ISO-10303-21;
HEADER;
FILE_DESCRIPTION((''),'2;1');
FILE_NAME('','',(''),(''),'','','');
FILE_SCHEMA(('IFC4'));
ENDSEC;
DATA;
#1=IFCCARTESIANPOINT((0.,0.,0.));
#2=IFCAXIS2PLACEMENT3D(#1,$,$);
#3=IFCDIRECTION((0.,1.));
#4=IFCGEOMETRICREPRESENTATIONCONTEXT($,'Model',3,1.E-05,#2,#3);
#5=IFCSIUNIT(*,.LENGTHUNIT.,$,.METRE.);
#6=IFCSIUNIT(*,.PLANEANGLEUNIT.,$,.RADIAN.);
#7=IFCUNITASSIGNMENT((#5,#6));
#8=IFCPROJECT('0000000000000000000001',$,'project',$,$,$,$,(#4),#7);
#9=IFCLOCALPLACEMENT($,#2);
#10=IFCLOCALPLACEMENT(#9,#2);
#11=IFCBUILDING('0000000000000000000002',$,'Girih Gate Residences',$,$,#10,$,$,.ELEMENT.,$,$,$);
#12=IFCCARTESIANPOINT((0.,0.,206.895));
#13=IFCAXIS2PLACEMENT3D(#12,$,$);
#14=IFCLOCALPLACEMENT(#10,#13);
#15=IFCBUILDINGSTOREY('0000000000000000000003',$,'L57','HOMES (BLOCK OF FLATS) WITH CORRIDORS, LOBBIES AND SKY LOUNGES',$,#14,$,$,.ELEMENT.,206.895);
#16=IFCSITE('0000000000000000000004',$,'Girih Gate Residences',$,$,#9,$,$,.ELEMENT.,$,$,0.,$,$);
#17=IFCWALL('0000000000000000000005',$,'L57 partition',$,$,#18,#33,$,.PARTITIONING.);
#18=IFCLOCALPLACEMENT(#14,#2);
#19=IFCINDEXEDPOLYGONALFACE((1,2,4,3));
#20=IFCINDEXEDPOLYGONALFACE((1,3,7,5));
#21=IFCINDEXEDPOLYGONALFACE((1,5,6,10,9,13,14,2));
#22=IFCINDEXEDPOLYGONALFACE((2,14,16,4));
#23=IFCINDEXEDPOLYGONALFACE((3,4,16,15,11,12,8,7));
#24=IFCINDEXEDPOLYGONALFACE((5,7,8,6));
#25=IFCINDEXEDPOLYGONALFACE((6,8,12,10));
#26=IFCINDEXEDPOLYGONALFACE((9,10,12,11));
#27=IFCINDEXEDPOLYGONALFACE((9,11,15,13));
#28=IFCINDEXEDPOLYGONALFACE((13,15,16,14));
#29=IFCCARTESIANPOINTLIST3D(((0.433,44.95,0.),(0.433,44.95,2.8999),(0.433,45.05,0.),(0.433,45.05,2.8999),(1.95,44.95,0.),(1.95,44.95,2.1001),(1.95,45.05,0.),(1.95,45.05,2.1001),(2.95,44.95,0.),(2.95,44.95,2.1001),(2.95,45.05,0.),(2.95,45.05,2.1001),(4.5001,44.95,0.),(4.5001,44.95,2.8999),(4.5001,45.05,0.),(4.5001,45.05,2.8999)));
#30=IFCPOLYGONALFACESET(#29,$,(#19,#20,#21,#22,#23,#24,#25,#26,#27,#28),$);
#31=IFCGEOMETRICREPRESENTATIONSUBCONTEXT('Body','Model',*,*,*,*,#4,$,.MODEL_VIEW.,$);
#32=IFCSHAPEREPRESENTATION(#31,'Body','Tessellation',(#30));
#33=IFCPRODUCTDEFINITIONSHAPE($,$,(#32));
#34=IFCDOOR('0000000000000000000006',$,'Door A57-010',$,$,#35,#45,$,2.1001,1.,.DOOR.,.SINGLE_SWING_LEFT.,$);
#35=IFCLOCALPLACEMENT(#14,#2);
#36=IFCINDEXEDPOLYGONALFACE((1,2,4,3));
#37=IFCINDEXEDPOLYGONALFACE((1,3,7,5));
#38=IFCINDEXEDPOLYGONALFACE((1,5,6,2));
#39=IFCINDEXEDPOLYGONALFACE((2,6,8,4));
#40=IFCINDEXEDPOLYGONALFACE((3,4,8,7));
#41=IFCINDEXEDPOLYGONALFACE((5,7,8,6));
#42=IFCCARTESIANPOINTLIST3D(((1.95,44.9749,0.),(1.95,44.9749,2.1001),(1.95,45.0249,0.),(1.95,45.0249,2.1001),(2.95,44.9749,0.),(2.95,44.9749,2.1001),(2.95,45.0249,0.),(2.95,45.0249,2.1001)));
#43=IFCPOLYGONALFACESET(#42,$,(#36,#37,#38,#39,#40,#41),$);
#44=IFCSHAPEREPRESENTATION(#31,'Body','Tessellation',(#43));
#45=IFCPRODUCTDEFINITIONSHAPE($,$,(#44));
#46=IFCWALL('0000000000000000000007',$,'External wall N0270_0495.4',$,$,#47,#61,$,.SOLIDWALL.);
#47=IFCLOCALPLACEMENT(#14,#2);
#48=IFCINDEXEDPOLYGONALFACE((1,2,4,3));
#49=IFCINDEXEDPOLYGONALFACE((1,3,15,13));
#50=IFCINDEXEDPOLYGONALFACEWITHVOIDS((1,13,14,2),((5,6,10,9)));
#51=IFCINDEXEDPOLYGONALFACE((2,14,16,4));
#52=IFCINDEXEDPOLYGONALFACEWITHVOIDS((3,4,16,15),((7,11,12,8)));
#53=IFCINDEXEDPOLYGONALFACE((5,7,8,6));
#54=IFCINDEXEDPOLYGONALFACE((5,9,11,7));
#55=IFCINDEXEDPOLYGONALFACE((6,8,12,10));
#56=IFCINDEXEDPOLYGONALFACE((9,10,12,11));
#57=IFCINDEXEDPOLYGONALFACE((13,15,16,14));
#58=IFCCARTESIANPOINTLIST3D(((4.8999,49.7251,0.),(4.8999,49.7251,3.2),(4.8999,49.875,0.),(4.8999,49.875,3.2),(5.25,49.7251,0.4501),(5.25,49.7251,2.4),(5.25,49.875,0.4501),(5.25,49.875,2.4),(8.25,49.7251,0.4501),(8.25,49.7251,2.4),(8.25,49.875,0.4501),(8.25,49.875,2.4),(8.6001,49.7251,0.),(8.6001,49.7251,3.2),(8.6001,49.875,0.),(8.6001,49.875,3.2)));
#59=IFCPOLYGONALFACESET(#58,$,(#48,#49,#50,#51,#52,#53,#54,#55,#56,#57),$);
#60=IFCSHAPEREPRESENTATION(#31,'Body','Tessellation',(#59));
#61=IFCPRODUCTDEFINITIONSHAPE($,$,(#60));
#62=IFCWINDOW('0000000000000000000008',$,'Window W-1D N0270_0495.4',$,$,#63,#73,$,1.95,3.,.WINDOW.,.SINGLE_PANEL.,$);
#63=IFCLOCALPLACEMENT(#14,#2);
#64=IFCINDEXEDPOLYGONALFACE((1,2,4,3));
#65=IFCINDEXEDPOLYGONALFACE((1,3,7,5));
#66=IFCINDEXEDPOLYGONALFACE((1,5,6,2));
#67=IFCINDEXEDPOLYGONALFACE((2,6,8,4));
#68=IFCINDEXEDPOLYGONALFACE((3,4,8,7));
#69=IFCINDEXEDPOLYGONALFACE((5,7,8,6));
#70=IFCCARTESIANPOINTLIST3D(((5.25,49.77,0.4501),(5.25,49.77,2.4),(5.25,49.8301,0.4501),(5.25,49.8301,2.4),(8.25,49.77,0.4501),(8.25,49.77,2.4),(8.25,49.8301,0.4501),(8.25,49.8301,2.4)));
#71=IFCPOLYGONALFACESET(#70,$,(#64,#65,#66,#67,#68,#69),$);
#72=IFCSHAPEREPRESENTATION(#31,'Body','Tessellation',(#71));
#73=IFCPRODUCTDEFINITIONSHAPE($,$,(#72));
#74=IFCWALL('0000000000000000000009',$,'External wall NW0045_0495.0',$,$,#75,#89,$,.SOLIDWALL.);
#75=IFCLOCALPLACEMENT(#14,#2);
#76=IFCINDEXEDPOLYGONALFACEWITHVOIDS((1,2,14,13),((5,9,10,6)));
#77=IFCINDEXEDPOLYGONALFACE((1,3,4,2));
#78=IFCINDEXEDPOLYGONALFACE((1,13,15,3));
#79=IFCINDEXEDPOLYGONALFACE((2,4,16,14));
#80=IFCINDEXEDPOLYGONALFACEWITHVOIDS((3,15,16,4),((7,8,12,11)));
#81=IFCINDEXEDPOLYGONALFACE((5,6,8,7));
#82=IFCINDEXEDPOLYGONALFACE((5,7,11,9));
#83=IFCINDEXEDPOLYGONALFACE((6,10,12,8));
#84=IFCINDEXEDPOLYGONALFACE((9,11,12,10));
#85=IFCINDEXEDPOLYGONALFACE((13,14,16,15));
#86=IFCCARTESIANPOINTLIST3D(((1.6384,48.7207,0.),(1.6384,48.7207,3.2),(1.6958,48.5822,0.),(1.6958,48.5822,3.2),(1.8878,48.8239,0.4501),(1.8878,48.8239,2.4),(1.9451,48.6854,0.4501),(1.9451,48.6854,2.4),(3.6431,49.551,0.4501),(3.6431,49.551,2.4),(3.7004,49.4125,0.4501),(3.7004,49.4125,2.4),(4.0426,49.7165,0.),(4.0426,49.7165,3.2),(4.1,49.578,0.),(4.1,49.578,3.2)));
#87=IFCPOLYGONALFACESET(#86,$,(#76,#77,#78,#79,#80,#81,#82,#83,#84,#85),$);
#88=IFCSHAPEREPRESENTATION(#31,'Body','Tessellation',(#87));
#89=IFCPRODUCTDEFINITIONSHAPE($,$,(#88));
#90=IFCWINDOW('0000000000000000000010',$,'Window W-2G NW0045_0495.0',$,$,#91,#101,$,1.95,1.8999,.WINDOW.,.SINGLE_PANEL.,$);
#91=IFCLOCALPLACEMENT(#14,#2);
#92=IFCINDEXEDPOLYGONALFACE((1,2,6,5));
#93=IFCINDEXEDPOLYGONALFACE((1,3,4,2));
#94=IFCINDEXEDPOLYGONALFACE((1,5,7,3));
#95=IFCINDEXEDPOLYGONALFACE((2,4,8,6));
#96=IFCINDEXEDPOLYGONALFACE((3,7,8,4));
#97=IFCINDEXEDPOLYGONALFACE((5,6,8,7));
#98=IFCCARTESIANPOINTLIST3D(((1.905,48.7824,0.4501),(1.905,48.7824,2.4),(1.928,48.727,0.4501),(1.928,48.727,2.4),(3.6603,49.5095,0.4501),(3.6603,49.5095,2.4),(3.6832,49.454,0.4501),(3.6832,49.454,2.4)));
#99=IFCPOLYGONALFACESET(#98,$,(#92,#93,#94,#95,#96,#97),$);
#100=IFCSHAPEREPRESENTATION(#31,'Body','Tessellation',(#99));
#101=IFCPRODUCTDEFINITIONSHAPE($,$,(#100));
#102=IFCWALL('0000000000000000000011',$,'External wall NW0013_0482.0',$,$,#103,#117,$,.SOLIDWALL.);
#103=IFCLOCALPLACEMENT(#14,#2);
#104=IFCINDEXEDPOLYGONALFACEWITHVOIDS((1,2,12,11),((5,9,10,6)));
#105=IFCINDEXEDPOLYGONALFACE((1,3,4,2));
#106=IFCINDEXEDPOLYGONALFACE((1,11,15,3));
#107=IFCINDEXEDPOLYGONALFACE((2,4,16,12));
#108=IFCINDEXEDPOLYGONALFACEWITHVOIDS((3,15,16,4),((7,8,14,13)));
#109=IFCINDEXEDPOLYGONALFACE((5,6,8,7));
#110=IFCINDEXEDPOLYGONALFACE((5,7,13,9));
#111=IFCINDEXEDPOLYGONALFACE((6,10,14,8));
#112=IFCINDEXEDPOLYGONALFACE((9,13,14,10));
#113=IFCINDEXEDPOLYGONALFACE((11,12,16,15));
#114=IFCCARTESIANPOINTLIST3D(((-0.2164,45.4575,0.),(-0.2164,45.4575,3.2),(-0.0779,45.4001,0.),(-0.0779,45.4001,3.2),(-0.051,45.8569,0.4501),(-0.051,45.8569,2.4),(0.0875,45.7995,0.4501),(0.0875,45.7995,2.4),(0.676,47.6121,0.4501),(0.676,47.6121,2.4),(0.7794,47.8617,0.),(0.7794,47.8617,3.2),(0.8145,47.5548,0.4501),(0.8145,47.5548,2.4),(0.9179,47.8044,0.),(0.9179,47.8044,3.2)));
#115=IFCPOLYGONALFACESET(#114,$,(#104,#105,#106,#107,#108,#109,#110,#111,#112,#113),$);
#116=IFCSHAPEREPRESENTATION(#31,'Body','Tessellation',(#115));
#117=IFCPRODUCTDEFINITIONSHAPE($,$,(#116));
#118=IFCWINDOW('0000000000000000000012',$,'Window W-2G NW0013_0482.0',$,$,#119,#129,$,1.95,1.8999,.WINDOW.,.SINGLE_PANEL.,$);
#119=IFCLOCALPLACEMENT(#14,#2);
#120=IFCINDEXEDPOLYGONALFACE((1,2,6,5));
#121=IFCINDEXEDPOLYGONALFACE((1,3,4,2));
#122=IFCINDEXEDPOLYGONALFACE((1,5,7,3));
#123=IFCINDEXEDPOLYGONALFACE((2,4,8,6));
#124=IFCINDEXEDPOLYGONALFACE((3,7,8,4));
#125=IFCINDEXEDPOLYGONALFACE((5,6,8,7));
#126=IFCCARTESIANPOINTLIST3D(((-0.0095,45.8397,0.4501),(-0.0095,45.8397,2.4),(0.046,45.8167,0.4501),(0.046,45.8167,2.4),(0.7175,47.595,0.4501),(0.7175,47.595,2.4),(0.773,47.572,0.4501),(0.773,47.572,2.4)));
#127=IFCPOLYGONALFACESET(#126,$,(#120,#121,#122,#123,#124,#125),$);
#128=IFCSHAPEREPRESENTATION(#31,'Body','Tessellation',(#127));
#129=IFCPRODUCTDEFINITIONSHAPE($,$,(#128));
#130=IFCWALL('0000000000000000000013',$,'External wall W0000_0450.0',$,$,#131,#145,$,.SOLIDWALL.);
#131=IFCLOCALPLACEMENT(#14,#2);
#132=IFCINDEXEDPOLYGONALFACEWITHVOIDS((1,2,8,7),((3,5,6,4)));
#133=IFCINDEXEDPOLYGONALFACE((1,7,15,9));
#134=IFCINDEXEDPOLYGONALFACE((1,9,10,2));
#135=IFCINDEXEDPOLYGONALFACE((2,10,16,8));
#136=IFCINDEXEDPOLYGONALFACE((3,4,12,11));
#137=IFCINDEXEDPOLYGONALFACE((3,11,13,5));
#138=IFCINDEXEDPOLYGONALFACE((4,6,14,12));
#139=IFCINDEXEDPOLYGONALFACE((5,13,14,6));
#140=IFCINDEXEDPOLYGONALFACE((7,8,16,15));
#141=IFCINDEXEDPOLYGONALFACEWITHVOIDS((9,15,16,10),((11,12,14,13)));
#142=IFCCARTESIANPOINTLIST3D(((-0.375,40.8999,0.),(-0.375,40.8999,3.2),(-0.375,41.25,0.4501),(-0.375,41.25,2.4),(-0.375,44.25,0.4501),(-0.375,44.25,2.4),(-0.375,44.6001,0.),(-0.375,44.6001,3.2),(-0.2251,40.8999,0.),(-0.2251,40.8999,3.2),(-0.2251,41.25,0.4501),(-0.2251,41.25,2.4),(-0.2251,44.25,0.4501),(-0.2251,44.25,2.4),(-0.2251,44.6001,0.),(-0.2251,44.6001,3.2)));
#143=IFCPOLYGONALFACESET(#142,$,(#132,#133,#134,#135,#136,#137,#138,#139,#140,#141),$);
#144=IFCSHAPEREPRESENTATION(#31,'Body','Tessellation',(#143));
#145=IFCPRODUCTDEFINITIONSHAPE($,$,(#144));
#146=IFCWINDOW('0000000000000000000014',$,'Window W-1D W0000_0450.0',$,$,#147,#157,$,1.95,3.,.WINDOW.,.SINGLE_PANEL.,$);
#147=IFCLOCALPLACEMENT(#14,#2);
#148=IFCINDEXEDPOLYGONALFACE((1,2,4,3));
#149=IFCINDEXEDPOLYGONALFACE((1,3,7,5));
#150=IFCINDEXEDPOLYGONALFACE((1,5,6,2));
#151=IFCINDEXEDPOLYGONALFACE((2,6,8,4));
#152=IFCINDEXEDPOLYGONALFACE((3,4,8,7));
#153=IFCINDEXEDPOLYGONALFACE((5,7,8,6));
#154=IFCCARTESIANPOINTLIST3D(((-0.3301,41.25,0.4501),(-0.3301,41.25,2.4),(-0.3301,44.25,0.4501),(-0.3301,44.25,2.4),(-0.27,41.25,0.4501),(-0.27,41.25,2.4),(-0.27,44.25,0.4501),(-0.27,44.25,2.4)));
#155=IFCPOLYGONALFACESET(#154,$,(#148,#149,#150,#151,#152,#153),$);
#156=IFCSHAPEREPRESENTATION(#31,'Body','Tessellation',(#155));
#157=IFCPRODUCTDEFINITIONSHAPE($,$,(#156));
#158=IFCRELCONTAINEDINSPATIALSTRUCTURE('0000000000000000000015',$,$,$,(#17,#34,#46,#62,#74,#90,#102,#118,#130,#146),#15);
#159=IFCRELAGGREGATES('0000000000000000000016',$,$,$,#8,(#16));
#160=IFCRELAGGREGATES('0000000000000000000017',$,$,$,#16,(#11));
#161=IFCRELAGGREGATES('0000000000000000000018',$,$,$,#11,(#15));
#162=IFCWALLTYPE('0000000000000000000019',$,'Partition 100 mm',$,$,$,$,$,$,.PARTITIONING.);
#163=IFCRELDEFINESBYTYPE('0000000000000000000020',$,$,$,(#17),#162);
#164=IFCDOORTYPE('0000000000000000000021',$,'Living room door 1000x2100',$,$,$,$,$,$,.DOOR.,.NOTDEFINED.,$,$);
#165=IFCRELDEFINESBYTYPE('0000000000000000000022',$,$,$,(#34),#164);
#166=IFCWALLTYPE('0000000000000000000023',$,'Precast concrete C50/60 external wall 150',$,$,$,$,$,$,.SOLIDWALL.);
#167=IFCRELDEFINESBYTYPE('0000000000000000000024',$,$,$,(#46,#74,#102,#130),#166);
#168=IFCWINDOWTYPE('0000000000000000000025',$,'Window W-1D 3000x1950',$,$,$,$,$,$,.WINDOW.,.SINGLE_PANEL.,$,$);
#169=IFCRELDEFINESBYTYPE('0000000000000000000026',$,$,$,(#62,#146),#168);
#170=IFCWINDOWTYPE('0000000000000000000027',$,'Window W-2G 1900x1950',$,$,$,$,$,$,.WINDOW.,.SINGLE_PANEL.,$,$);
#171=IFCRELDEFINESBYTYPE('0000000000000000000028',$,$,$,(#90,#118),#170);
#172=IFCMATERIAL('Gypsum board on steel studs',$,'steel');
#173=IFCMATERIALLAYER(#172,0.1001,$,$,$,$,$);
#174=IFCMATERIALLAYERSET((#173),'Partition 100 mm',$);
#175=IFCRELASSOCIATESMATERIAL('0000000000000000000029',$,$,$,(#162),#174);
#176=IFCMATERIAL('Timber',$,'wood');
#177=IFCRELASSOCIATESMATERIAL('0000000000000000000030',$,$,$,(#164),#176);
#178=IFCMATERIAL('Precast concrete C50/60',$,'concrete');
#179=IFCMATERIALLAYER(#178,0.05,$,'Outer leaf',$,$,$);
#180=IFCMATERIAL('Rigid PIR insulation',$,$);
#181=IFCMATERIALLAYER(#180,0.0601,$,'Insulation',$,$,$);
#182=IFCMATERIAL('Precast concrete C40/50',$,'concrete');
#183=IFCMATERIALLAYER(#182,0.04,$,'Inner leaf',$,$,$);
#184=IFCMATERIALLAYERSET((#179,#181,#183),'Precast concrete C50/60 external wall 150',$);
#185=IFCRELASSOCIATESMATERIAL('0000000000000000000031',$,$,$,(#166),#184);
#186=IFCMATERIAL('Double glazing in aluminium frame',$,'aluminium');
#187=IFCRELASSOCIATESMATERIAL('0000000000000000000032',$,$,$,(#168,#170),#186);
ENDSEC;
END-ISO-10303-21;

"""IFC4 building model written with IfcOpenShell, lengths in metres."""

from ifc_helpers import new_model, si_unit, direction, frame, frame_2d, origin, place, context, subcontext, project, spatial, rectangle, extrude, material, layer, layer_set, type_object, element, fill, save


model = new_model("IFC4")

# Units and contexts
model_context = context("Model", 3, precision=1e-05, world=origin(), true_north=direction((0.0, 1.0)))
body_context = subcontext(model_context, "Body", "Model", "MODEL_VIEW")
ifc_project = project(units=[si_unit("LENGTHUNIT", "METRE"), si_unit("PLANEANGLEUNIT", "RADIAN")], contexts=[model_context])

# Site, building, storey
site_placement = place(None, origin())
site = spatial("IfcSite", under=ifc_project, at=site_placement, Name="Girih Gate Residences", CompositionType="ELEMENT", RefElevation=0.0)
building_placement = place(site_placement, origin())
building = spatial("IfcBuilding", under=site, at=building_placement, Name="Girih Gate Residences", CompositionType="ELEMENT")
storey_placement = place(building_placement, frame((0.0, 0.0, 206.895)))
storey = spatial("IfcBuildingStorey", under=building, at=storey_placement, Name="L57", Description="HOMES (BLOCK OF FLATS) WITH CORRIDORS, LOBBIES AND SKY LOUNGES", CompositionType="ELEMENT", Elevation=206.895)

# Shared definitions
ifc_material_1 = material(Name="Gypsum board on steel studs", Category="steel")
ifc_layer_1 = layer(ifc_material_1, 0.1001)
ifc_layer_set_1 = layer_set([ifc_layer_1], Name="Partition 100 mm")
wall_type_1 = type_object("IfcWallType", Name="Partition 100 mm", PredefinedType="PARTITIONING", material=ifc_layer_set_1)
ifc_material_2 = material(Name="Timber", Category="wood")

# Wall, opening, door
wall_1_placement = place(storey_placement, frame((0.4329, 45.0, 0.0), z_axis=(0.0, 0.0, 1.0), x_axis=(1.0, 0.0, 0.0)))
wall_1 = element("IfcWall", 1, at=wall_1_placement, inside=storey, type_object=wall_type_1, Name="L57 partition", PredefinedType="PARTITIONING", context=body_context, shape_type="SweptSolid", body=[
    extrude(rectangle(XDim=4.0671, YDim=0.1001, at=frame_2d((2.0337, 0.0))), origin(), (0.0, 0.0, 1.0), 2.8999),
])
opening_1_placement = place(wall_1_placement, frame((1.5171, 0.0, 0.0)))
opening_1 = element("IfcOpeningElement", 2, at=opening_1_placement, cuts=wall_1, PredefinedType="OPENING", context=body_context, shape_type="SweptSolid", body=[
    extrude(rectangle(XDim=1.0, YDim=2.1001, at=frame_2d((0.5, 1.05))), frame((0.0, 0.0601, 0.0), z_axis=(0.0, -1.0, 0.0), x_axis=(1.0, 0.0, 0.0)), (0.0, 0.0, 1.0), 0.1201),
])
door_type_1 = type_object("IfcDoorType", Name="Living room door 1000x2100", OperationType="NOTDEFINED", PredefinedType="DOOR", material=ifc_material_2)
door_1_placement = place(opening_1_placement, origin())
door_1 = element("IfcDoor", 3, at=door_1_placement, inside=storey, type_object=door_type_1, Name="Door A57-010", OperationType="SINGLE_SWING_LEFT", OverallHeight=2.1001, OverallWidth=1.0, PredefinedType="DOOR", context=body_context, shape_type="SweptSolid", body=[
    extrude(rectangle(XDim=1.0, YDim=2.1001, at=frame_2d((0.5, 1.05))), frame((0.0, 0.0249, 0.0), z_axis=(0.0, -1.0, 0.0), x_axis=(1.0, 0.0, 0.0)), (0.0, 0.0, 1.0), 0.05),
])
fill(opening_1, door_1)

# Walls, openings, windows
ifc_material_3 = material(Name="Precast concrete C50/60", Category="concrete")
ifc_layer_2 = layer(ifc_material_3, 0.05, Name="Outer leaf")
ifc_material_4 = material(Name="Rigid PIR insulation")
ifc_layer_3 = layer(ifc_material_4, 0.0601, Name="Insulation")
ifc_material_5 = material(Name="Precast concrete C40/50", Category="concrete")
ifc_layer_4 = layer(ifc_material_5, 0.04, Name="Inner leaf")
ifc_layer_set_2 = layer_set([ifc_layer_2, ifc_layer_3, ifc_layer_4], Name="Precast concrete C50/60 external wall 150")
wall_type_2 = type_object("IfcWallType", Name="Precast concrete C50/60 external wall 150", PredefinedType="SOLIDWALL", material=ifc_layer_set_2)
wall_2_placement = place(storey_placement, frame((4.8999, 49.8, 0.0), z_axis=(0.0, 0.0, 1.0), x_axis=(1.0, 0.0, 0.0)))
wall_2 = element("IfcWall", 4, at=wall_2_placement, inside=storey, type_object=wall_type_2, Name="External wall N0270_0495.4", PredefinedType="SOLIDWALL", context=body_context, shape_type="SweptSolid", body=[
    extrude(rectangle(XDim=3.7002, YDim=0.1499, at=frame_2d((1.8501, 0.0))), origin(), (0.0, 0.0, 1.0), 3.2),
])
opening_2_placement = place(wall_2_placement, frame((0.3501, 0.0, 0.45)))
opening_2 = element("IfcOpeningElement", 5, at=opening_2_placement, cuts=wall_2, PredefinedType="OPENING", context=body_context, shape_type="SweptSolid", body=[
    extrude(rectangle(XDim=3.0, YDim=1.95, at=frame_2d((1.5, 0.9751))), frame((0.0, 0.085, 0.0), z_axis=(0.0, -1.0, 0.0), x_axis=(1.0, 0.0, 0.0)), (0.0, 0.0, 1.0), 0.1699),
])
ifc_material_6 = material(Name="Double glazing in aluminium frame", Category="aluminium")
window_type_1 = type_object("IfcWindowType", Name="Window W-1D 3000x1950", PartitioningType="SINGLE_PANEL", PredefinedType="WINDOW", material=ifc_material_6)
window_1_placement = place(opening_2_placement, origin())
window_1 = element("IfcWindow", 6, at=window_1_placement, inside=storey, type_object=window_type_1, Name="Window W-1D N0270_0495.4", OverallHeight=1.95, OverallWidth=3.0, PartitioningType="SINGLE_PANEL", PredefinedType="WINDOW", context=body_context, shape_type="SweptSolid", body=[
    extrude(rectangle(XDim=3.0, YDim=1.95, at=frame_2d((1.5, 0.9751))), frame((0.0, 0.03, 0.0), z_axis=(0.0, -1.0, 0.0), x_axis=(1.0, 0.0, 0.0)), (0.0, 0.0, 1.0), 0.0601),
])
fill(opening_2, window_1)
wall_3_placement = place(storey_placement, frame((1.667, 48.6514, 0.0), z_axis=(0.0, 0.0, 1.0), x_axis=(0.923885, 0.382669, 0.0)))
wall_3 = element("IfcWall", 7, at=wall_3_placement, inside=storey, type_object=wall_type_2, Name="External wall NW0045_0495.0", PredefinedType="SOLIDWALL", context=body_context, shape_type="SweptSolid", body=[
    extrude(rectangle(XDim=2.6023, YDim=0.1499, at=frame_2d((1.3013, 0.0))), origin(), (0.0, 0.0, 1.0), 3.2),
])
opening_3_placement = place(wall_3_placement, frame((0.27, 0.0, 0.45)))
opening_3 = element("IfcOpeningElement", 8, at=opening_3_placement, cuts=wall_3, PredefinedType="OPENING", context=body_context, shape_type="SweptSolid", body=[
    extrude(rectangle(XDim=1.8999, YDim=1.95, at=frame_2d((0.95, 0.9751))), frame((0.0, 0.085, 0.0), z_axis=(0.0, -1.0, 0.0), x_axis=(1.0, 0.0, 0.0)), (0.0, 0.0, 1.0), 0.1699),
])
window_type_2 = type_object("IfcWindowType", Name="Window W-2G 1900x1950", PartitioningType="SINGLE_PANEL", PredefinedType="WINDOW", material=ifc_material_6)
window_2_placement = place(opening_3_placement, origin())
window_2 = element("IfcWindow", 9, at=window_2_placement, inside=storey, type_object=window_type_2, Name="Window W-2G NW0045_0495.0", OverallHeight=1.95, OverallWidth=1.8999, PartitioningType="SINGLE_PANEL", PredefinedType="WINDOW", context=body_context, shape_type="SweptSolid", body=[
    extrude(rectangle(XDim=1.8999, YDim=1.95, at=frame_2d((0.95, 0.9751))), frame((0.0, 0.03, 0.0), z_axis=(0.0, -1.0, 0.0), x_axis=(1.0, 0.0, 0.0)), (0.0, 0.0, 1.0), 0.0601),
])
fill(opening_3, window_2)
wall_4_placement = place(storey_placement, frame((-0.1472, 45.4287, 0.0), z_axis=(0.0, 0.0, 1.0), x_axis=(0.382669, 0.923885, 0.0)))
wall_4 = element("IfcWall", 10, at=wall_4_placement, inside=storey, type_object=wall_type_2, Name="External wall NW0013_0482.0", PredefinedType="SOLIDWALL", context=body_context, shape_type="SweptSolid", body=[
    extrude(rectangle(XDim=2.6023, YDim=0.1499, at=frame_2d((1.3013, 0.0))), origin(), (0.0, 0.0, 1.0), 3.2),
])
opening_4_placement = place(wall_4_placement, frame((0.4324, 0.0, 0.45)))
opening_4 = element("IfcOpeningElement", 11, at=opening_4_placement, cuts=wall_4, PredefinedType="OPENING", context=body_context, shape_type="SweptSolid", body=[
    extrude(rectangle(XDim=1.8999, YDim=1.95, at=frame_2d((0.95, 0.9751))), frame((0.0, 0.085, 0.0), z_axis=(0.0, -1.0, 0.0), x_axis=(1.0, 0.0, 0.0)), (0.0, 0.0, 1.0), 0.1699),
])
window_3_placement = place(opening_4_placement, origin())
window_3 = element("IfcWindow", 12, at=window_3_placement, inside=storey, type_object=window_type_2, Name="Window W-2G NW0013_0482.0", OverallHeight=1.95, OverallWidth=1.8999, PartitioningType="SINGLE_PANEL", PredefinedType="WINDOW", context=body_context, shape_type="SweptSolid", body=[
    extrude(rectangle(XDim=1.8999, YDim=1.95, at=frame_2d((0.95, 0.9751))), frame((0.0, 0.03, 0.0), z_axis=(0.0, -1.0, 0.0), x_axis=(1.0, 0.0, 0.0)), (0.0, 0.0, 1.0), 0.0601),
])
fill(opening_4, window_3)
wall_5_placement = place(storey_placement, frame((-0.3, 40.8999, 0.0), z_axis=(0.0, 0.0, 1.0), x_axis=(0.0, 1.0, 0.0)))
wall_5 = element("IfcWall", 13, at=wall_5_placement, inside=storey, type_object=wall_type_2, Name="External wall W0000_0450.0", PredefinedType="SOLIDWALL", context=body_context, shape_type="SweptSolid", body=[
    extrude(rectangle(XDim=3.7002, YDim=0.1499, at=frame_2d((1.8501, 0.0))), origin(), (0.0, 0.0, 1.0), 3.2),
])
opening_5_placement = place(wall_5_placement, frame((0.3501, 0.0, 0.45)))
opening_5 = element("IfcOpeningElement", 14, at=opening_5_placement, cuts=wall_5, PredefinedType="OPENING", context=body_context, shape_type="SweptSolid", body=[
    extrude(rectangle(XDim=3.0, YDim=1.95, at=frame_2d((1.5, 0.9751))), frame((0.0, 0.085, 0.0), z_axis=(0.0, -1.0, 0.0), x_axis=(1.0, 0.0, 0.0)), (0.0, 0.0, 1.0), 0.1699),
])
window_4_placement = place(opening_5_placement, origin())
window_4 = element("IfcWindow", 15, at=window_4_placement, inside=storey, type_object=window_type_1, Name="Window W-1D W0000_0450.0", OverallHeight=1.95, OverallWidth=3.0, PartitioningType="SINGLE_PANEL", PredefinedType="WINDOW", context=body_context, shape_type="SweptSolid", body=[
    extrude(rectangle(XDim=3.0, YDim=1.95, at=frame_2d((1.5, 0.9751))), frame((0.0, 0.03, 0.0), z_axis=(0.0, -1.0, 0.0), x_axis=(1.0, 0.0, 0.0)), (0.0, 0.0, 1.0), 0.0601),
])
fill(opening_5, window_4)

save(model, "model.ifc")
